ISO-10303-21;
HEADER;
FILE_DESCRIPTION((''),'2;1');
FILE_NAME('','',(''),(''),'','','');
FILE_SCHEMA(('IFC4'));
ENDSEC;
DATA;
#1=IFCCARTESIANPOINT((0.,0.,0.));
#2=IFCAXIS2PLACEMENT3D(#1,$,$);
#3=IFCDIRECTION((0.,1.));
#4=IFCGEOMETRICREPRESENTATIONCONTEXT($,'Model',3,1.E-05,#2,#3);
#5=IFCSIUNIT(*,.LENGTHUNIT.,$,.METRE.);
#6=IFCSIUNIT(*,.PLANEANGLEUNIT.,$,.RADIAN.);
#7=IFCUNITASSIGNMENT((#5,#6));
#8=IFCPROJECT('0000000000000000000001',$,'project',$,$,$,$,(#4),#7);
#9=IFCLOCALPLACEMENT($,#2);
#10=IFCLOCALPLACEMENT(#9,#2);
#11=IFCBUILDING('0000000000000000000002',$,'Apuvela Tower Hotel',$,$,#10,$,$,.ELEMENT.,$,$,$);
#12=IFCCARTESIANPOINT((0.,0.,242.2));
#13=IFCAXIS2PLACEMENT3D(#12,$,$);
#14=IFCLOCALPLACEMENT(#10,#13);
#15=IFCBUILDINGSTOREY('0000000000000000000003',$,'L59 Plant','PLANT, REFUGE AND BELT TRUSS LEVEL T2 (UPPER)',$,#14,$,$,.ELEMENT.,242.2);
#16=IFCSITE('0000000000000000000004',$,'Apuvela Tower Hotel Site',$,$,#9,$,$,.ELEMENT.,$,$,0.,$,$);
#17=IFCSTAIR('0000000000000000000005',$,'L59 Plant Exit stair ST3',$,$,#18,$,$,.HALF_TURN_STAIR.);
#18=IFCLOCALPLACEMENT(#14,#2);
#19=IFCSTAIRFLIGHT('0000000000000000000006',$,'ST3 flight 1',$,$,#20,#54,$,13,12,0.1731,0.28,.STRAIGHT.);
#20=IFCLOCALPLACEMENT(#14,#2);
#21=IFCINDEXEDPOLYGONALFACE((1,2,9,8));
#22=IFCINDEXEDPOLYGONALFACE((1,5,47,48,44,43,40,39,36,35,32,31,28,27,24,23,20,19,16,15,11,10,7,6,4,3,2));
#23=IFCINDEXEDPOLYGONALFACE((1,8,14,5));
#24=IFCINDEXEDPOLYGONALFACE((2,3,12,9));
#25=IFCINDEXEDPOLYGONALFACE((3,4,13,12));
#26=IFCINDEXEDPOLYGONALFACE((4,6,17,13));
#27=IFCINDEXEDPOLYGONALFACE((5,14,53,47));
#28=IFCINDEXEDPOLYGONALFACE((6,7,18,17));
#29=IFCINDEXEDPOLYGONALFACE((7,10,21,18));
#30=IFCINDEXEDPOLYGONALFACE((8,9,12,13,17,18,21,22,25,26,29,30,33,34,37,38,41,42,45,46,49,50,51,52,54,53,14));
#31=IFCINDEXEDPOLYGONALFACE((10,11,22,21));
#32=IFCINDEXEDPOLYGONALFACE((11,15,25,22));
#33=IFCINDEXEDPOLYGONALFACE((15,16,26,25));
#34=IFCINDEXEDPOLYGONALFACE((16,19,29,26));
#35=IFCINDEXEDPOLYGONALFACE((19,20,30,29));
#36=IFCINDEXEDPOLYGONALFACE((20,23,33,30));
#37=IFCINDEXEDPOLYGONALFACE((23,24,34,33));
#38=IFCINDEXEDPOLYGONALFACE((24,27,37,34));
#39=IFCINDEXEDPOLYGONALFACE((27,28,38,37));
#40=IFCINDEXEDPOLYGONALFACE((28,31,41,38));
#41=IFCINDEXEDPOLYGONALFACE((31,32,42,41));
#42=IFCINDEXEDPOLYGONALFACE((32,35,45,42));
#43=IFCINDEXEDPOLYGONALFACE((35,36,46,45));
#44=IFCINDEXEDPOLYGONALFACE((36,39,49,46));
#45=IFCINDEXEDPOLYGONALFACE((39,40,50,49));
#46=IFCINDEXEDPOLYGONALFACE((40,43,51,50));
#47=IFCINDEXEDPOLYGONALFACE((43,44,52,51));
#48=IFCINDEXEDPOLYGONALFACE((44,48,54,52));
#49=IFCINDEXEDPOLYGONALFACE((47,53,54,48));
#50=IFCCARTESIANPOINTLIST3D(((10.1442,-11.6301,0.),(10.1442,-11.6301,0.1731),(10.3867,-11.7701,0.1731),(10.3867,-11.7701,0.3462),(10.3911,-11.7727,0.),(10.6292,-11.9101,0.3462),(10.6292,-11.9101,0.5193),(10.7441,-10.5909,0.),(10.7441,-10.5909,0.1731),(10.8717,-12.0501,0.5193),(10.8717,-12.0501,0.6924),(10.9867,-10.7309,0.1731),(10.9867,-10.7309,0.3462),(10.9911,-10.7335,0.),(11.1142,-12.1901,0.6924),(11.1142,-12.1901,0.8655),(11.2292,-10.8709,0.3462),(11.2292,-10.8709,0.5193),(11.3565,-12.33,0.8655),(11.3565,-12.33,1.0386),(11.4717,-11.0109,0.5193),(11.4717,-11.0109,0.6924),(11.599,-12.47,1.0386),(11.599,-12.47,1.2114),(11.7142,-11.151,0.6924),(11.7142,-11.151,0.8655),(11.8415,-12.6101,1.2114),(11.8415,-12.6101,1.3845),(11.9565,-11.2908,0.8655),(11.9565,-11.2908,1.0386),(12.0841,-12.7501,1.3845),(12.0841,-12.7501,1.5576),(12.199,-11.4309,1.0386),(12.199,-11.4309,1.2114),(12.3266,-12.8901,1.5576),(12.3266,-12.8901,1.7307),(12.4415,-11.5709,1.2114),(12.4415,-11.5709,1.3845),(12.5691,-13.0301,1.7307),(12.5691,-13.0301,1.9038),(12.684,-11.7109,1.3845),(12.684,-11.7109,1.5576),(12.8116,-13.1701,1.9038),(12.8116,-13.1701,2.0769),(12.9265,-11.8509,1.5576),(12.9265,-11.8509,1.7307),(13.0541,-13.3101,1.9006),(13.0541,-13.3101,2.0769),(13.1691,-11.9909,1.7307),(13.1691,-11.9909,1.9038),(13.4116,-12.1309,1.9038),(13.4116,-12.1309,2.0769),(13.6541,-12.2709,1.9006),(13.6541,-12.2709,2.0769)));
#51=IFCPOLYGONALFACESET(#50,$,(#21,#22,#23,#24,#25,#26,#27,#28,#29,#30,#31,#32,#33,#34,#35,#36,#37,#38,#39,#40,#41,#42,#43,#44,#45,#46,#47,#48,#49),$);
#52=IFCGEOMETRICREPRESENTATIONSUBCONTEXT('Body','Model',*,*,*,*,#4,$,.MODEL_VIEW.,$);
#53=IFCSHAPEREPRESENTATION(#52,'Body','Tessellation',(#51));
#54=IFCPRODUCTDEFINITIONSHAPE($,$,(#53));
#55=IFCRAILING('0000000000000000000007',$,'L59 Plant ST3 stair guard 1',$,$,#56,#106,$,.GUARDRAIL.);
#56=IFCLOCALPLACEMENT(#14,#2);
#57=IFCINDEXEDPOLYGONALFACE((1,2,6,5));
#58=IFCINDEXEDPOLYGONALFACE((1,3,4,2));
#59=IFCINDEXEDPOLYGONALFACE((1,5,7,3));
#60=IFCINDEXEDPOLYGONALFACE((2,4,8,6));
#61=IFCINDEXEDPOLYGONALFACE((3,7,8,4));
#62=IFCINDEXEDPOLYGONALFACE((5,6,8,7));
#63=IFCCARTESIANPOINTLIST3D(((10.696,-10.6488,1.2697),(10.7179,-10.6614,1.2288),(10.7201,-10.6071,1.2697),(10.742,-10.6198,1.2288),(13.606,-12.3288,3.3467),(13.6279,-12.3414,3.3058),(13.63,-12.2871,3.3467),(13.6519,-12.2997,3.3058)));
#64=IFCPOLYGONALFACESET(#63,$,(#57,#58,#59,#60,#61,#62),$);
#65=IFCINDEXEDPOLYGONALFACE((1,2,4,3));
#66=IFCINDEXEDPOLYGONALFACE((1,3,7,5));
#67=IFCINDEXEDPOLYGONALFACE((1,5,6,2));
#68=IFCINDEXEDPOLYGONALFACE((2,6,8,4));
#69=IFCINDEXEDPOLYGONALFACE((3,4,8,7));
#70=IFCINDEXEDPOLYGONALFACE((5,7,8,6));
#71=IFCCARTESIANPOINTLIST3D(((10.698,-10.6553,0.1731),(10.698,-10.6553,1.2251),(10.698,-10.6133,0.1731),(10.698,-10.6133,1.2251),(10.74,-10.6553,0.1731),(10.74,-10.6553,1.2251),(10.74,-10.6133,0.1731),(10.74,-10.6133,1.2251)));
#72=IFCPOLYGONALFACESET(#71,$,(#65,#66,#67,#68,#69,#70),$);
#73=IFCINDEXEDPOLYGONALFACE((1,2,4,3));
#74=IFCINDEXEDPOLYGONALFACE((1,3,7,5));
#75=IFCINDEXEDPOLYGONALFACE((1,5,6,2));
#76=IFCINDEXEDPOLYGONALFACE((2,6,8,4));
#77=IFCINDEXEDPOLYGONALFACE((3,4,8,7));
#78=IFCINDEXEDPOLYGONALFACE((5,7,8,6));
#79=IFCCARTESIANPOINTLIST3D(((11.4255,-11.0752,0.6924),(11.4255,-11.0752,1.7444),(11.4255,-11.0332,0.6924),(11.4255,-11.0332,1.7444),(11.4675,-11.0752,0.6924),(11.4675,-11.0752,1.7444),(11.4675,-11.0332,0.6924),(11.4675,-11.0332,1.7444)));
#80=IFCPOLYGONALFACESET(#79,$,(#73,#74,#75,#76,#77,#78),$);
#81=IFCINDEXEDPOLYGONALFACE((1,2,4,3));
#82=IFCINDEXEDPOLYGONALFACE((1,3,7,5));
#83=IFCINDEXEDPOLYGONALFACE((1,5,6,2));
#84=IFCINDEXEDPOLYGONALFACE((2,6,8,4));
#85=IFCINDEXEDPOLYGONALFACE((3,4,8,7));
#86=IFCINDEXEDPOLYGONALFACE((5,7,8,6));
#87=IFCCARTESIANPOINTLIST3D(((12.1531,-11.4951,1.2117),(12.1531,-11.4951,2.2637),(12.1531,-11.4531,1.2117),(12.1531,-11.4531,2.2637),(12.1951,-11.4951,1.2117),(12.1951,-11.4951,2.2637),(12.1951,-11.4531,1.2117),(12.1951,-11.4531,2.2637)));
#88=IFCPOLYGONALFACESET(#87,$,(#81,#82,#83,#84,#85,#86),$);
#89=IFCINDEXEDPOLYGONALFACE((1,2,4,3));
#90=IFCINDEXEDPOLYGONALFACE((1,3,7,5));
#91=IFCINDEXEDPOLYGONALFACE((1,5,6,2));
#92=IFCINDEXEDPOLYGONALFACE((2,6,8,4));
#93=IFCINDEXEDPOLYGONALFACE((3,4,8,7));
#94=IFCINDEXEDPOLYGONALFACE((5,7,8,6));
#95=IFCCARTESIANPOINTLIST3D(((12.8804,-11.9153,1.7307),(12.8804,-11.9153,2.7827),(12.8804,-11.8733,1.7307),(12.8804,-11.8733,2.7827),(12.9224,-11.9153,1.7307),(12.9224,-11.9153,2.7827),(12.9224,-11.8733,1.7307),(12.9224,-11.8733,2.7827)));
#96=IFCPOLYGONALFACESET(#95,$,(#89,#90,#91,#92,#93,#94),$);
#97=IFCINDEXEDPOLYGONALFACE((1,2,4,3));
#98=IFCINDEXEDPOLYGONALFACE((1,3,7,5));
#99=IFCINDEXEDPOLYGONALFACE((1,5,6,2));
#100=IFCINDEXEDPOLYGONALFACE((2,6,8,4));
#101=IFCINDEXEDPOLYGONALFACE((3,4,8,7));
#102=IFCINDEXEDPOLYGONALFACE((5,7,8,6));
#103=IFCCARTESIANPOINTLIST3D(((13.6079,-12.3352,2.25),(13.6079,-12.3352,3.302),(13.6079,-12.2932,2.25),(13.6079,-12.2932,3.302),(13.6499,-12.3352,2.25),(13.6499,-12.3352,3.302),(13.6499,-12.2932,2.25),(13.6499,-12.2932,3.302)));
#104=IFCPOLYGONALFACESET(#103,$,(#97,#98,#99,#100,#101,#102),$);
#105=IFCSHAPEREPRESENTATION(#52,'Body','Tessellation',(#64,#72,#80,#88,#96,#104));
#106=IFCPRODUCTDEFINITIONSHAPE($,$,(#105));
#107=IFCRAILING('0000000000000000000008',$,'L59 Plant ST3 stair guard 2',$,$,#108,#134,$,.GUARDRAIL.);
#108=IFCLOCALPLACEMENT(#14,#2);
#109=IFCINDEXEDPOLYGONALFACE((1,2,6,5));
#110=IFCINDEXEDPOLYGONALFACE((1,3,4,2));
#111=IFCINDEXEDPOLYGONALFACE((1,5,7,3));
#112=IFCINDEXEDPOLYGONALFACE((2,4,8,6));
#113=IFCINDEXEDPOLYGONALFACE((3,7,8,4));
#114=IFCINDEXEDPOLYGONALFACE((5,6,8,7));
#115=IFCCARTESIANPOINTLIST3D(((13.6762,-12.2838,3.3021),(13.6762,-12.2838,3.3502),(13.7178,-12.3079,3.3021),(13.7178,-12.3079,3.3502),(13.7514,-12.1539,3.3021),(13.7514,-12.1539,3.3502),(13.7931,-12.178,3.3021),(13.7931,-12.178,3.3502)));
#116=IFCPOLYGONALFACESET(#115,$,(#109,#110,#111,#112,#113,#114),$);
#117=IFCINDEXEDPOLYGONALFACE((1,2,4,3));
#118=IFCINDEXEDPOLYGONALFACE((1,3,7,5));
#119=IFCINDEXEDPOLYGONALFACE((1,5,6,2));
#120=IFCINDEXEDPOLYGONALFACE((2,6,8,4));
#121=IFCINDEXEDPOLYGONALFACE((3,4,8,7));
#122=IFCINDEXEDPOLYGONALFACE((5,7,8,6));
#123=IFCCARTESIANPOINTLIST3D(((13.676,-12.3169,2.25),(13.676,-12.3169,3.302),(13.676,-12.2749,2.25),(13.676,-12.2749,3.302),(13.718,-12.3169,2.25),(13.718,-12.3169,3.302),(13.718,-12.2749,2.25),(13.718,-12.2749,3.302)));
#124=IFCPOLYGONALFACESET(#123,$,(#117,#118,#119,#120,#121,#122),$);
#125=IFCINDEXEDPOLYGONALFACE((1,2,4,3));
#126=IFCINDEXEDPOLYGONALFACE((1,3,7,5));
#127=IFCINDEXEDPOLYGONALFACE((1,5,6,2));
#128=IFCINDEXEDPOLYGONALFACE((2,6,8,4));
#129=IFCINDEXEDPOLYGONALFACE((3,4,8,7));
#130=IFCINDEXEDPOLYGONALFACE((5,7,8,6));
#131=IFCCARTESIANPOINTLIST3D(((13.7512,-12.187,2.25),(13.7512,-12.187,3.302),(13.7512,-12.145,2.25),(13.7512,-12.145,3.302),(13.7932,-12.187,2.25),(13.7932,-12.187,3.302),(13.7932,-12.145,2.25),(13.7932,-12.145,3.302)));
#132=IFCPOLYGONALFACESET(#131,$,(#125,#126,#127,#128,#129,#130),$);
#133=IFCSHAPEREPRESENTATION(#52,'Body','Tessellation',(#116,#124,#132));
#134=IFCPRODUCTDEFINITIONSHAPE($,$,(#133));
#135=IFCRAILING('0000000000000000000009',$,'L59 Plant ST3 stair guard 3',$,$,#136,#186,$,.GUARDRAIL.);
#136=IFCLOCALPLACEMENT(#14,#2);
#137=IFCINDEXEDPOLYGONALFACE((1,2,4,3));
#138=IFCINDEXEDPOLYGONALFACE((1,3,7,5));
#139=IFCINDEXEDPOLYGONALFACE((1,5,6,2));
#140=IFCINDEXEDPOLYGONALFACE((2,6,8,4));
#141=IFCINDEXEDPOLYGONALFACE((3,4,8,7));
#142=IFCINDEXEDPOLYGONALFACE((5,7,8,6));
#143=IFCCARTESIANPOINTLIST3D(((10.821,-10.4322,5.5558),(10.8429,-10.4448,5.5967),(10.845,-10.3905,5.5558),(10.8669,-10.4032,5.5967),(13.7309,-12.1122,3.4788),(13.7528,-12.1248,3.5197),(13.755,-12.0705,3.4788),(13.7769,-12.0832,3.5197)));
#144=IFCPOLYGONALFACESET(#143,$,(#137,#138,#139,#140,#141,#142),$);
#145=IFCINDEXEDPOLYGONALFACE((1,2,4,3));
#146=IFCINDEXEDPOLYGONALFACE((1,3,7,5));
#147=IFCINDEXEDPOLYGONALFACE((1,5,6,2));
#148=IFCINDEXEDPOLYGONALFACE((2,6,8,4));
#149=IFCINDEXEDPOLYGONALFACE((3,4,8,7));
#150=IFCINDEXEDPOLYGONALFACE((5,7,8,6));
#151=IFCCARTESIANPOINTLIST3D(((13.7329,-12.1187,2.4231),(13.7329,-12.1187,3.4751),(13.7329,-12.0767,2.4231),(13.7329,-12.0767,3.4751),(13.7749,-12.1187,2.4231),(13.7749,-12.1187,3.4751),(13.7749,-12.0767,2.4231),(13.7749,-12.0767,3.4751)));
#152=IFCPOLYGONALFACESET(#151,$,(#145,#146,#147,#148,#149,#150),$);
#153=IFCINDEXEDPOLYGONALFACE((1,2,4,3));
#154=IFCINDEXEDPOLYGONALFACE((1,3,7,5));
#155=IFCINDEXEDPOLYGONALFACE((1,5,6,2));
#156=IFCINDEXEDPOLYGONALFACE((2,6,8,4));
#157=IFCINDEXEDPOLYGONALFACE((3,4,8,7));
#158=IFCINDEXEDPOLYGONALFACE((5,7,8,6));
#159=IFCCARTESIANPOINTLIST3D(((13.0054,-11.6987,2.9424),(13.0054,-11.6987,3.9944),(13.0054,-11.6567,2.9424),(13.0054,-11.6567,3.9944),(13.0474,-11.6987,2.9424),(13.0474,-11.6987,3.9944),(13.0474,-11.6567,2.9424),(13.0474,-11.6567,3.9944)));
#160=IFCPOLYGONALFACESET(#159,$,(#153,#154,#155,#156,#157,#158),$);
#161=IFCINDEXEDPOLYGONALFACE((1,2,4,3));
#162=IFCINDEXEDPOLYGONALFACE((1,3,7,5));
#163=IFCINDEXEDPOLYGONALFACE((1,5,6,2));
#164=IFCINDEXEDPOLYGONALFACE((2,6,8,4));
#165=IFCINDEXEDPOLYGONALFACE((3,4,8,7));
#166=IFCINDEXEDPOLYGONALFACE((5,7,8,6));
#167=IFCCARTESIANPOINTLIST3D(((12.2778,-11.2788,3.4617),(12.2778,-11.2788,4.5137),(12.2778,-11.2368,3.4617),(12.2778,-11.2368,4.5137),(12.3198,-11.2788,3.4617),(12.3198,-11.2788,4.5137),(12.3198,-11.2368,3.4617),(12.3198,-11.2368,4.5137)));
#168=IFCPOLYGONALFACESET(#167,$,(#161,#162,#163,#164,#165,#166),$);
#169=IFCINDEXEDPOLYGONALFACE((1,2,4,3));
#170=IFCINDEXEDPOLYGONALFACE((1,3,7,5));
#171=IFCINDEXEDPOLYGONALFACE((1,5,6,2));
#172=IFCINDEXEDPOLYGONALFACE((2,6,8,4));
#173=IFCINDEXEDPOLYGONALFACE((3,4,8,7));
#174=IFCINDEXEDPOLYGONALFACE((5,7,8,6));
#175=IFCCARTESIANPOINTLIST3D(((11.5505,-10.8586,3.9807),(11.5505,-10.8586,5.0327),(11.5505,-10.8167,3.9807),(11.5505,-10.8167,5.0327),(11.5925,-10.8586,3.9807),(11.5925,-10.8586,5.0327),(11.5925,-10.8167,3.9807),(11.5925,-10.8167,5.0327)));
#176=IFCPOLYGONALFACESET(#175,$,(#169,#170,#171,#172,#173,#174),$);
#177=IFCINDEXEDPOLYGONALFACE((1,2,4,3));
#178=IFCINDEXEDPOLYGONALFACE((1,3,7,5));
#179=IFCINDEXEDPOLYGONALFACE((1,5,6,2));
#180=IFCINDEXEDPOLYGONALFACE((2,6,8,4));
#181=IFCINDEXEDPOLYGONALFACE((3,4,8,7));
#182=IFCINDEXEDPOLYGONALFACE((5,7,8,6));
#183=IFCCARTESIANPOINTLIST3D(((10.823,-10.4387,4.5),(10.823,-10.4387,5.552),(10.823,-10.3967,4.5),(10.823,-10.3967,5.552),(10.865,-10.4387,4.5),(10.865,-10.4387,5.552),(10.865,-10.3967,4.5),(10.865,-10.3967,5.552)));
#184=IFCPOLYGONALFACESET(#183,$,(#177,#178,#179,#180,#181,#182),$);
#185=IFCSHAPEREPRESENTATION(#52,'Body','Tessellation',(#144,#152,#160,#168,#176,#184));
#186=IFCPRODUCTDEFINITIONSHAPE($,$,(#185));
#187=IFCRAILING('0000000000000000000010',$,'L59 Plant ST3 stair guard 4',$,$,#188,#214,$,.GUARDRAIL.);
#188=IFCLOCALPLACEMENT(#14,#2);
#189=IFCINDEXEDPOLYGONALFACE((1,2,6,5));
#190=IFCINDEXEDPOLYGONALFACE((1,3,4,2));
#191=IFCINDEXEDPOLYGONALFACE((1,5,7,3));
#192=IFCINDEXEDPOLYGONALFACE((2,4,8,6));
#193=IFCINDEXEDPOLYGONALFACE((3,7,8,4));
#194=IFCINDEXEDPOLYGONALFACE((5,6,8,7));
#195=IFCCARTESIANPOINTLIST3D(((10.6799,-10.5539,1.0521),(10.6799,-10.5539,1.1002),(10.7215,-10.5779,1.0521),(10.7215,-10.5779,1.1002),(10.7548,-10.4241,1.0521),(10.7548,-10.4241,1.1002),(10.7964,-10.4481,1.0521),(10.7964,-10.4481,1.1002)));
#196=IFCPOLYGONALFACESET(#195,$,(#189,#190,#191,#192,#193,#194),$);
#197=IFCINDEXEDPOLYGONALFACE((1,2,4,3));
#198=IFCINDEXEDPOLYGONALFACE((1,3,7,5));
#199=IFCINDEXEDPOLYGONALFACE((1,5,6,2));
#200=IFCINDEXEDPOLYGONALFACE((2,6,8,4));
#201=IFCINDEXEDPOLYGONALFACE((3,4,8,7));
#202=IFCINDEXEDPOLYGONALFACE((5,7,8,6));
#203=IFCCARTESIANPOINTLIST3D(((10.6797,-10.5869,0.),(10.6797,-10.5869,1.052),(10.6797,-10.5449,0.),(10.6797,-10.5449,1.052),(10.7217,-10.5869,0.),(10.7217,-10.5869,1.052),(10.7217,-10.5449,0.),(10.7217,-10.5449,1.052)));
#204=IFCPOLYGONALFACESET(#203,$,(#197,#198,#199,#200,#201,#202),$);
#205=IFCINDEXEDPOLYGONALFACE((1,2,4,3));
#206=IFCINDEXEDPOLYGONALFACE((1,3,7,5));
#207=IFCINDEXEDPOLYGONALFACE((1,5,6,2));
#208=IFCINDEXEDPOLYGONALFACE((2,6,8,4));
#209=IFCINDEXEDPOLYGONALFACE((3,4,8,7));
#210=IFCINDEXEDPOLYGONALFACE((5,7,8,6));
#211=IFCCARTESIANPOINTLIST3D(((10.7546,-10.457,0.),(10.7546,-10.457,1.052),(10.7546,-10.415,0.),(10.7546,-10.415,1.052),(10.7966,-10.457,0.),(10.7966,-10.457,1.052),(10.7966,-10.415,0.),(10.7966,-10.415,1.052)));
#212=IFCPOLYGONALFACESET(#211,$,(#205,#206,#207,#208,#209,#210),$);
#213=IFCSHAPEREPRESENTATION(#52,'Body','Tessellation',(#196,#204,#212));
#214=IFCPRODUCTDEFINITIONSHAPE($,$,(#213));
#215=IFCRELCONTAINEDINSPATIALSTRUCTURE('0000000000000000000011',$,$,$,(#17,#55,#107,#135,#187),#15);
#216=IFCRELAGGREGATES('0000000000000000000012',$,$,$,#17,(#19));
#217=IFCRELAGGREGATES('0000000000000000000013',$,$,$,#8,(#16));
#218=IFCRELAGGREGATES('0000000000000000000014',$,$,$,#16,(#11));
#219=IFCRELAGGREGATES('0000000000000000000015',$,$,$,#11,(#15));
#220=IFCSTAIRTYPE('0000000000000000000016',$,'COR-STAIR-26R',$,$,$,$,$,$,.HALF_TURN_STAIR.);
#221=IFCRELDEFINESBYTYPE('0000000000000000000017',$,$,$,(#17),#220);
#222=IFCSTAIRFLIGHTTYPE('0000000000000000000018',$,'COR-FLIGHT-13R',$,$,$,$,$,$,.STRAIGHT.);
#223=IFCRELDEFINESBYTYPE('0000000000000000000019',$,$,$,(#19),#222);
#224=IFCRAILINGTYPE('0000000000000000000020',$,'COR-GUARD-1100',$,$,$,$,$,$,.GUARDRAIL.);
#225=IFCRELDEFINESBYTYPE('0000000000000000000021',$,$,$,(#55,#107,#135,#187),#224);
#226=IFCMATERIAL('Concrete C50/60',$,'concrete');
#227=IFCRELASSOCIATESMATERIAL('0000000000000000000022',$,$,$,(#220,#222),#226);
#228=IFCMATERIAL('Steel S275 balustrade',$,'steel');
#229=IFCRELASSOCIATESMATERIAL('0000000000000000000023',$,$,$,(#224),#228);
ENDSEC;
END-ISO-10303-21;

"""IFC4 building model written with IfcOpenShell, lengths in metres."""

from ifc_helpers import new_model, si_unit, direction, frame, origin, origin_2d, place, context, subcontext, project, spatial, polyline, rectangle, outline, extrude, material, type_object, element, aggregate, save


model = new_model("IFC4")

# Units and contexts
model_context = context("Model", 3, precision=1e-05, world=origin(), true_north=direction((0.0, 1.0)))
body_context = subcontext(model_context, "Body", "Model", "MODEL_VIEW")
ifc_project = project(units=[si_unit("LENGTHUNIT", "METRE"), si_unit("PLANEANGLEUNIT", "RADIAN")], contexts=[model_context])

# Site, building, storey
site_placement = place(None, origin())
site = spatial("IfcSite", under=ifc_project, at=site_placement, Name="Apuvela Tower Hotel Site", CompositionType="ELEMENT", RefElevation=0.0)
building_placement = place(site_placement, origin())
building = spatial("IfcBuilding", under=site, at=building_placement, Name="Apuvela Tower Hotel", CompositionType="ELEMENT")
storey_placement = place(building_placement, frame((0.0, 0.0, 242.2)))
storey = spatial("IfcBuildingStorey", under=building, at=storey_placement, Name="L59 Plant", Description="PLANT, REFUGE AND BELT TRUSS LEVEL T2 (UPPER)", CompositionType="ELEMENT", Elevation=242.2)

# Shared definitions
ifc_material_1 = material(Name="Concrete C50/60", Category="concrete")

# Stair, stair flight
stair_type = type_object("IfcStairType", Name="COR-STAIR-26R", PredefinedType="HALF_TURN_STAIR", material=ifc_material_1)
stair_placement = place(storey_placement, origin())
stair = element("IfcStair", 1, at=stair_placement, inside=storey, type_object=stair_type, Name="L59 Plant Exit stair ST3", PredefinedType="HALF_TURN_STAIR")
stair_flight_type = type_object("IfcStairFlightType", Name="COR-FLIGHT-13R", PredefinedType="STRAIGHT", material=ifc_material_1)
stair_flight_placement = place(storey_placement, frame((10.4441, -11.1106, 0.0), z_axis=(0.0, 0.0, 1.0), x_axis=(0.866025, -0.5, 0.0)))
stair_flight = element("IfcStairFlight", 2, at=stair_flight_placement, type_object=stair_flight_type, Name="ST3 flight 1", NumberOfRisers=13, NumberOfTreads=12, PredefinedType="STRAIGHT", RiserHeight=0.1731, TreadLength=0.28, context=body_context, shape_type="SweptSolid", body=[
    extrude(outline(polyline([(0.0, 0.0), (0.0, 0.1731), (0.28, 0.1731), (0.28, 0.3462), (0.5601, 0.3462), (0.5601, 0.5193), (0.8401, 0.5193), (0.8401, 0.6924), (1.1201, 0.6924), (1.1201, 0.8655), (1.3999, 0.8655), (1.3999, 1.0386), (1.6799, 1.0386), (1.6799, 1.2114), (1.96, 1.2114), (1.96, 1.3845), (2.24, 1.3845), (2.24, 1.5576), (2.52, 1.5576), (2.52, 1.7307), (2.8, 1.7307), (2.8, 1.9038), (3.0801, 1.9038), (3.0801, 2.0769), (3.3601, 2.0769), (3.3601, 2.25), (3.3601, 1.9006), (0.2852, 0.0), (0.0, 0.0)])), frame((0.0, 0.6001, 0.0), z_axis=(0.0, -1.0, 0.0), x_axis=(1.0, 0.0, 0.0)), (0.0, 0.0, 1.0), 1.2),
])
aggregate(stair, [stair_flight])

# Railings
ifc_material_2 = material(Name="Steel S275 balustrade", Category="steel")
railing_type_1 = type_object("IfcRailingType", Name="COR-GUARD-1100", PredefinedType="GUARDRAIL", material=ifc_material_2)
railing_1_placement = place(storey_placement, frame((10.719, -10.6343, 0.1731)))
element("IfcRailing", 3, at=railing_1_placement, inside=storey, type_object=railing_type_1, Name="L59 Plant ST3 stair guard 1", PredefinedType="GUARDRAIL", context=body_context, shape_type="SweptSolid", body=[
    extrude(rectangle(XDim=0.0481, YDim=0.0481, at=origin_2d()), frame((0.0, 0.0, 1.0762), z_axis=(0.736668, -0.425288, 0.525785), x_axis=(0.499976, 0.866039, 0.0)), (0.0, 0.0, 1.0), 3.9502),
    extrude(rectangle(XDim=0.042, YDim=0.042, at=origin_2d()), origin(), (0.0, 0.0, 1.0), 1.052),
    extrude(rectangle(XDim=0.042, YDim=0.042, at=origin_2d()), frame((0.7275, -0.4199, 0.5193)), (0.0, 0.0, 1.0), 1.052),
    extrude(rectangle(XDim=0.042, YDim=0.042, at=origin_2d()), frame((1.4551, -0.8398, 1.0386)), (0.0, 0.0, 1.0), 1.052),
    extrude(rectangle(XDim=0.042, YDim=0.042, at=origin_2d()), frame((2.1824, -1.26, 1.5576)), (0.0, 0.0, 1.0), 1.052),
    extrude(rectangle(XDim=0.042, YDim=0.042, at=origin_2d()), frame((2.9099, -1.6799, 2.0769)), (0.0, 0.0, 1.0), 1.052),
])
railing_2_placement = place(storey_placement, frame((13.697, -12.2959, 2.25)))
element("IfcRailing", 4, at=railing_2_placement, inside=storey, type_object=railing_type_1, Name="L59 Plant ST3 stair guard 2", PredefinedType="GUARDRAIL", context=body_context, shape_type="SweptSolid", body=[
    extrude(rectangle(XDim=0.0481, YDim=0.0481, at=origin_2d()), frame((0.0, 0.0, 1.0762), z_axis=(0.501036, 0.865426, 0.0), x_axis=(-0.865426, 0.501036, 0.0)), (0.0, 0.0, 1.0), 0.1501),
    extrude(rectangle(XDim=0.042, YDim=0.042, at=origin_2d()), origin(), (0.0, 0.0, 1.0), 1.052),
    extrude(rectangle(XDim=0.042, YDim=0.042, at=origin_2d()), frame((0.0752, 0.1299, 0.0)), (0.0, 0.0, 1.0), 1.052),
])
railing_3_placement = place(storey_placement, frame((13.7539, -12.0977, 2.4231)))
element("IfcRailing", 5, at=railing_3_placement, inside=storey, type_object=railing_type_1, Name="L59 Plant ST3 stair guard 3", PredefinedType="GUARDRAIL", context=body_context, shape_type="SweptSolid", body=[
    extrude(rectangle(XDim=0.0481, YDim=0.0481, at=origin_2d()), frame((0.0, 0.0, 1.0762), z_axis=(-0.736668, 0.425288, 0.525785), x_axis=(-0.499976, -0.866039, 0.0)), (0.0, 0.0, 1.0), 3.9502),
    extrude(rectangle(XDim=0.042, YDim=0.042, at=origin_2d()), origin(), (0.0, 0.0, 1.0), 1.052),
    extrude(rectangle(XDim=0.042, YDim=0.042, at=origin_2d()), frame((-0.7275, 0.4199, 0.5193)), (0.0, 0.0, 1.0), 1.052),
    extrude(rectangle(XDim=0.042, YDim=0.042, at=origin_2d()), frame((-1.4551, 0.8398, 1.0386)), (0.0, 0.0, 1.0), 1.052),
    extrude(rectangle(XDim=0.042, YDim=0.042, at=origin_2d()), frame((-2.1824, 1.26, 1.5576)), (0.0, 0.0, 1.0), 1.052),
    extrude(rectangle(XDim=0.042, YDim=0.042, at=origin_2d()), frame((-2.9099, 1.6799, 2.0769)), (0.0, 0.0, 1.0), 1.052),
])
railing_4_placement = place(storey_placement, frame((10.7007, -10.5659, 0.0)))
element("IfcRailing", 6, at=railing_4_placement, inside=storey, type_object=railing_type_1, Name="L59 Plant ST3 stair guard 4", PredefinedType="GUARDRAIL", context=body_context, shape_type="SweptSolid", body=[
    extrude(rectangle(XDim=0.0481, YDim=0.0481, at=origin_2d()), frame((0.0, 0.0, 1.0762), z_axis=(0.499816, 0.866131, 0.0), x_axis=(-0.866131, 0.499816, 0.0)), (0.0, 0.0, 1.0), 0.1499),
    extrude(rectangle(XDim=0.042, YDim=0.042, at=origin_2d()), origin(), (0.0, 0.0, 1.0), 1.052),
    extrude(rectangle(XDim=0.042, YDim=0.042, at=origin_2d()), frame((0.075, 0.1299, 0.0)), (0.0, 0.0, 1.0), 1.052),
])

save(model, "model.ifc")
